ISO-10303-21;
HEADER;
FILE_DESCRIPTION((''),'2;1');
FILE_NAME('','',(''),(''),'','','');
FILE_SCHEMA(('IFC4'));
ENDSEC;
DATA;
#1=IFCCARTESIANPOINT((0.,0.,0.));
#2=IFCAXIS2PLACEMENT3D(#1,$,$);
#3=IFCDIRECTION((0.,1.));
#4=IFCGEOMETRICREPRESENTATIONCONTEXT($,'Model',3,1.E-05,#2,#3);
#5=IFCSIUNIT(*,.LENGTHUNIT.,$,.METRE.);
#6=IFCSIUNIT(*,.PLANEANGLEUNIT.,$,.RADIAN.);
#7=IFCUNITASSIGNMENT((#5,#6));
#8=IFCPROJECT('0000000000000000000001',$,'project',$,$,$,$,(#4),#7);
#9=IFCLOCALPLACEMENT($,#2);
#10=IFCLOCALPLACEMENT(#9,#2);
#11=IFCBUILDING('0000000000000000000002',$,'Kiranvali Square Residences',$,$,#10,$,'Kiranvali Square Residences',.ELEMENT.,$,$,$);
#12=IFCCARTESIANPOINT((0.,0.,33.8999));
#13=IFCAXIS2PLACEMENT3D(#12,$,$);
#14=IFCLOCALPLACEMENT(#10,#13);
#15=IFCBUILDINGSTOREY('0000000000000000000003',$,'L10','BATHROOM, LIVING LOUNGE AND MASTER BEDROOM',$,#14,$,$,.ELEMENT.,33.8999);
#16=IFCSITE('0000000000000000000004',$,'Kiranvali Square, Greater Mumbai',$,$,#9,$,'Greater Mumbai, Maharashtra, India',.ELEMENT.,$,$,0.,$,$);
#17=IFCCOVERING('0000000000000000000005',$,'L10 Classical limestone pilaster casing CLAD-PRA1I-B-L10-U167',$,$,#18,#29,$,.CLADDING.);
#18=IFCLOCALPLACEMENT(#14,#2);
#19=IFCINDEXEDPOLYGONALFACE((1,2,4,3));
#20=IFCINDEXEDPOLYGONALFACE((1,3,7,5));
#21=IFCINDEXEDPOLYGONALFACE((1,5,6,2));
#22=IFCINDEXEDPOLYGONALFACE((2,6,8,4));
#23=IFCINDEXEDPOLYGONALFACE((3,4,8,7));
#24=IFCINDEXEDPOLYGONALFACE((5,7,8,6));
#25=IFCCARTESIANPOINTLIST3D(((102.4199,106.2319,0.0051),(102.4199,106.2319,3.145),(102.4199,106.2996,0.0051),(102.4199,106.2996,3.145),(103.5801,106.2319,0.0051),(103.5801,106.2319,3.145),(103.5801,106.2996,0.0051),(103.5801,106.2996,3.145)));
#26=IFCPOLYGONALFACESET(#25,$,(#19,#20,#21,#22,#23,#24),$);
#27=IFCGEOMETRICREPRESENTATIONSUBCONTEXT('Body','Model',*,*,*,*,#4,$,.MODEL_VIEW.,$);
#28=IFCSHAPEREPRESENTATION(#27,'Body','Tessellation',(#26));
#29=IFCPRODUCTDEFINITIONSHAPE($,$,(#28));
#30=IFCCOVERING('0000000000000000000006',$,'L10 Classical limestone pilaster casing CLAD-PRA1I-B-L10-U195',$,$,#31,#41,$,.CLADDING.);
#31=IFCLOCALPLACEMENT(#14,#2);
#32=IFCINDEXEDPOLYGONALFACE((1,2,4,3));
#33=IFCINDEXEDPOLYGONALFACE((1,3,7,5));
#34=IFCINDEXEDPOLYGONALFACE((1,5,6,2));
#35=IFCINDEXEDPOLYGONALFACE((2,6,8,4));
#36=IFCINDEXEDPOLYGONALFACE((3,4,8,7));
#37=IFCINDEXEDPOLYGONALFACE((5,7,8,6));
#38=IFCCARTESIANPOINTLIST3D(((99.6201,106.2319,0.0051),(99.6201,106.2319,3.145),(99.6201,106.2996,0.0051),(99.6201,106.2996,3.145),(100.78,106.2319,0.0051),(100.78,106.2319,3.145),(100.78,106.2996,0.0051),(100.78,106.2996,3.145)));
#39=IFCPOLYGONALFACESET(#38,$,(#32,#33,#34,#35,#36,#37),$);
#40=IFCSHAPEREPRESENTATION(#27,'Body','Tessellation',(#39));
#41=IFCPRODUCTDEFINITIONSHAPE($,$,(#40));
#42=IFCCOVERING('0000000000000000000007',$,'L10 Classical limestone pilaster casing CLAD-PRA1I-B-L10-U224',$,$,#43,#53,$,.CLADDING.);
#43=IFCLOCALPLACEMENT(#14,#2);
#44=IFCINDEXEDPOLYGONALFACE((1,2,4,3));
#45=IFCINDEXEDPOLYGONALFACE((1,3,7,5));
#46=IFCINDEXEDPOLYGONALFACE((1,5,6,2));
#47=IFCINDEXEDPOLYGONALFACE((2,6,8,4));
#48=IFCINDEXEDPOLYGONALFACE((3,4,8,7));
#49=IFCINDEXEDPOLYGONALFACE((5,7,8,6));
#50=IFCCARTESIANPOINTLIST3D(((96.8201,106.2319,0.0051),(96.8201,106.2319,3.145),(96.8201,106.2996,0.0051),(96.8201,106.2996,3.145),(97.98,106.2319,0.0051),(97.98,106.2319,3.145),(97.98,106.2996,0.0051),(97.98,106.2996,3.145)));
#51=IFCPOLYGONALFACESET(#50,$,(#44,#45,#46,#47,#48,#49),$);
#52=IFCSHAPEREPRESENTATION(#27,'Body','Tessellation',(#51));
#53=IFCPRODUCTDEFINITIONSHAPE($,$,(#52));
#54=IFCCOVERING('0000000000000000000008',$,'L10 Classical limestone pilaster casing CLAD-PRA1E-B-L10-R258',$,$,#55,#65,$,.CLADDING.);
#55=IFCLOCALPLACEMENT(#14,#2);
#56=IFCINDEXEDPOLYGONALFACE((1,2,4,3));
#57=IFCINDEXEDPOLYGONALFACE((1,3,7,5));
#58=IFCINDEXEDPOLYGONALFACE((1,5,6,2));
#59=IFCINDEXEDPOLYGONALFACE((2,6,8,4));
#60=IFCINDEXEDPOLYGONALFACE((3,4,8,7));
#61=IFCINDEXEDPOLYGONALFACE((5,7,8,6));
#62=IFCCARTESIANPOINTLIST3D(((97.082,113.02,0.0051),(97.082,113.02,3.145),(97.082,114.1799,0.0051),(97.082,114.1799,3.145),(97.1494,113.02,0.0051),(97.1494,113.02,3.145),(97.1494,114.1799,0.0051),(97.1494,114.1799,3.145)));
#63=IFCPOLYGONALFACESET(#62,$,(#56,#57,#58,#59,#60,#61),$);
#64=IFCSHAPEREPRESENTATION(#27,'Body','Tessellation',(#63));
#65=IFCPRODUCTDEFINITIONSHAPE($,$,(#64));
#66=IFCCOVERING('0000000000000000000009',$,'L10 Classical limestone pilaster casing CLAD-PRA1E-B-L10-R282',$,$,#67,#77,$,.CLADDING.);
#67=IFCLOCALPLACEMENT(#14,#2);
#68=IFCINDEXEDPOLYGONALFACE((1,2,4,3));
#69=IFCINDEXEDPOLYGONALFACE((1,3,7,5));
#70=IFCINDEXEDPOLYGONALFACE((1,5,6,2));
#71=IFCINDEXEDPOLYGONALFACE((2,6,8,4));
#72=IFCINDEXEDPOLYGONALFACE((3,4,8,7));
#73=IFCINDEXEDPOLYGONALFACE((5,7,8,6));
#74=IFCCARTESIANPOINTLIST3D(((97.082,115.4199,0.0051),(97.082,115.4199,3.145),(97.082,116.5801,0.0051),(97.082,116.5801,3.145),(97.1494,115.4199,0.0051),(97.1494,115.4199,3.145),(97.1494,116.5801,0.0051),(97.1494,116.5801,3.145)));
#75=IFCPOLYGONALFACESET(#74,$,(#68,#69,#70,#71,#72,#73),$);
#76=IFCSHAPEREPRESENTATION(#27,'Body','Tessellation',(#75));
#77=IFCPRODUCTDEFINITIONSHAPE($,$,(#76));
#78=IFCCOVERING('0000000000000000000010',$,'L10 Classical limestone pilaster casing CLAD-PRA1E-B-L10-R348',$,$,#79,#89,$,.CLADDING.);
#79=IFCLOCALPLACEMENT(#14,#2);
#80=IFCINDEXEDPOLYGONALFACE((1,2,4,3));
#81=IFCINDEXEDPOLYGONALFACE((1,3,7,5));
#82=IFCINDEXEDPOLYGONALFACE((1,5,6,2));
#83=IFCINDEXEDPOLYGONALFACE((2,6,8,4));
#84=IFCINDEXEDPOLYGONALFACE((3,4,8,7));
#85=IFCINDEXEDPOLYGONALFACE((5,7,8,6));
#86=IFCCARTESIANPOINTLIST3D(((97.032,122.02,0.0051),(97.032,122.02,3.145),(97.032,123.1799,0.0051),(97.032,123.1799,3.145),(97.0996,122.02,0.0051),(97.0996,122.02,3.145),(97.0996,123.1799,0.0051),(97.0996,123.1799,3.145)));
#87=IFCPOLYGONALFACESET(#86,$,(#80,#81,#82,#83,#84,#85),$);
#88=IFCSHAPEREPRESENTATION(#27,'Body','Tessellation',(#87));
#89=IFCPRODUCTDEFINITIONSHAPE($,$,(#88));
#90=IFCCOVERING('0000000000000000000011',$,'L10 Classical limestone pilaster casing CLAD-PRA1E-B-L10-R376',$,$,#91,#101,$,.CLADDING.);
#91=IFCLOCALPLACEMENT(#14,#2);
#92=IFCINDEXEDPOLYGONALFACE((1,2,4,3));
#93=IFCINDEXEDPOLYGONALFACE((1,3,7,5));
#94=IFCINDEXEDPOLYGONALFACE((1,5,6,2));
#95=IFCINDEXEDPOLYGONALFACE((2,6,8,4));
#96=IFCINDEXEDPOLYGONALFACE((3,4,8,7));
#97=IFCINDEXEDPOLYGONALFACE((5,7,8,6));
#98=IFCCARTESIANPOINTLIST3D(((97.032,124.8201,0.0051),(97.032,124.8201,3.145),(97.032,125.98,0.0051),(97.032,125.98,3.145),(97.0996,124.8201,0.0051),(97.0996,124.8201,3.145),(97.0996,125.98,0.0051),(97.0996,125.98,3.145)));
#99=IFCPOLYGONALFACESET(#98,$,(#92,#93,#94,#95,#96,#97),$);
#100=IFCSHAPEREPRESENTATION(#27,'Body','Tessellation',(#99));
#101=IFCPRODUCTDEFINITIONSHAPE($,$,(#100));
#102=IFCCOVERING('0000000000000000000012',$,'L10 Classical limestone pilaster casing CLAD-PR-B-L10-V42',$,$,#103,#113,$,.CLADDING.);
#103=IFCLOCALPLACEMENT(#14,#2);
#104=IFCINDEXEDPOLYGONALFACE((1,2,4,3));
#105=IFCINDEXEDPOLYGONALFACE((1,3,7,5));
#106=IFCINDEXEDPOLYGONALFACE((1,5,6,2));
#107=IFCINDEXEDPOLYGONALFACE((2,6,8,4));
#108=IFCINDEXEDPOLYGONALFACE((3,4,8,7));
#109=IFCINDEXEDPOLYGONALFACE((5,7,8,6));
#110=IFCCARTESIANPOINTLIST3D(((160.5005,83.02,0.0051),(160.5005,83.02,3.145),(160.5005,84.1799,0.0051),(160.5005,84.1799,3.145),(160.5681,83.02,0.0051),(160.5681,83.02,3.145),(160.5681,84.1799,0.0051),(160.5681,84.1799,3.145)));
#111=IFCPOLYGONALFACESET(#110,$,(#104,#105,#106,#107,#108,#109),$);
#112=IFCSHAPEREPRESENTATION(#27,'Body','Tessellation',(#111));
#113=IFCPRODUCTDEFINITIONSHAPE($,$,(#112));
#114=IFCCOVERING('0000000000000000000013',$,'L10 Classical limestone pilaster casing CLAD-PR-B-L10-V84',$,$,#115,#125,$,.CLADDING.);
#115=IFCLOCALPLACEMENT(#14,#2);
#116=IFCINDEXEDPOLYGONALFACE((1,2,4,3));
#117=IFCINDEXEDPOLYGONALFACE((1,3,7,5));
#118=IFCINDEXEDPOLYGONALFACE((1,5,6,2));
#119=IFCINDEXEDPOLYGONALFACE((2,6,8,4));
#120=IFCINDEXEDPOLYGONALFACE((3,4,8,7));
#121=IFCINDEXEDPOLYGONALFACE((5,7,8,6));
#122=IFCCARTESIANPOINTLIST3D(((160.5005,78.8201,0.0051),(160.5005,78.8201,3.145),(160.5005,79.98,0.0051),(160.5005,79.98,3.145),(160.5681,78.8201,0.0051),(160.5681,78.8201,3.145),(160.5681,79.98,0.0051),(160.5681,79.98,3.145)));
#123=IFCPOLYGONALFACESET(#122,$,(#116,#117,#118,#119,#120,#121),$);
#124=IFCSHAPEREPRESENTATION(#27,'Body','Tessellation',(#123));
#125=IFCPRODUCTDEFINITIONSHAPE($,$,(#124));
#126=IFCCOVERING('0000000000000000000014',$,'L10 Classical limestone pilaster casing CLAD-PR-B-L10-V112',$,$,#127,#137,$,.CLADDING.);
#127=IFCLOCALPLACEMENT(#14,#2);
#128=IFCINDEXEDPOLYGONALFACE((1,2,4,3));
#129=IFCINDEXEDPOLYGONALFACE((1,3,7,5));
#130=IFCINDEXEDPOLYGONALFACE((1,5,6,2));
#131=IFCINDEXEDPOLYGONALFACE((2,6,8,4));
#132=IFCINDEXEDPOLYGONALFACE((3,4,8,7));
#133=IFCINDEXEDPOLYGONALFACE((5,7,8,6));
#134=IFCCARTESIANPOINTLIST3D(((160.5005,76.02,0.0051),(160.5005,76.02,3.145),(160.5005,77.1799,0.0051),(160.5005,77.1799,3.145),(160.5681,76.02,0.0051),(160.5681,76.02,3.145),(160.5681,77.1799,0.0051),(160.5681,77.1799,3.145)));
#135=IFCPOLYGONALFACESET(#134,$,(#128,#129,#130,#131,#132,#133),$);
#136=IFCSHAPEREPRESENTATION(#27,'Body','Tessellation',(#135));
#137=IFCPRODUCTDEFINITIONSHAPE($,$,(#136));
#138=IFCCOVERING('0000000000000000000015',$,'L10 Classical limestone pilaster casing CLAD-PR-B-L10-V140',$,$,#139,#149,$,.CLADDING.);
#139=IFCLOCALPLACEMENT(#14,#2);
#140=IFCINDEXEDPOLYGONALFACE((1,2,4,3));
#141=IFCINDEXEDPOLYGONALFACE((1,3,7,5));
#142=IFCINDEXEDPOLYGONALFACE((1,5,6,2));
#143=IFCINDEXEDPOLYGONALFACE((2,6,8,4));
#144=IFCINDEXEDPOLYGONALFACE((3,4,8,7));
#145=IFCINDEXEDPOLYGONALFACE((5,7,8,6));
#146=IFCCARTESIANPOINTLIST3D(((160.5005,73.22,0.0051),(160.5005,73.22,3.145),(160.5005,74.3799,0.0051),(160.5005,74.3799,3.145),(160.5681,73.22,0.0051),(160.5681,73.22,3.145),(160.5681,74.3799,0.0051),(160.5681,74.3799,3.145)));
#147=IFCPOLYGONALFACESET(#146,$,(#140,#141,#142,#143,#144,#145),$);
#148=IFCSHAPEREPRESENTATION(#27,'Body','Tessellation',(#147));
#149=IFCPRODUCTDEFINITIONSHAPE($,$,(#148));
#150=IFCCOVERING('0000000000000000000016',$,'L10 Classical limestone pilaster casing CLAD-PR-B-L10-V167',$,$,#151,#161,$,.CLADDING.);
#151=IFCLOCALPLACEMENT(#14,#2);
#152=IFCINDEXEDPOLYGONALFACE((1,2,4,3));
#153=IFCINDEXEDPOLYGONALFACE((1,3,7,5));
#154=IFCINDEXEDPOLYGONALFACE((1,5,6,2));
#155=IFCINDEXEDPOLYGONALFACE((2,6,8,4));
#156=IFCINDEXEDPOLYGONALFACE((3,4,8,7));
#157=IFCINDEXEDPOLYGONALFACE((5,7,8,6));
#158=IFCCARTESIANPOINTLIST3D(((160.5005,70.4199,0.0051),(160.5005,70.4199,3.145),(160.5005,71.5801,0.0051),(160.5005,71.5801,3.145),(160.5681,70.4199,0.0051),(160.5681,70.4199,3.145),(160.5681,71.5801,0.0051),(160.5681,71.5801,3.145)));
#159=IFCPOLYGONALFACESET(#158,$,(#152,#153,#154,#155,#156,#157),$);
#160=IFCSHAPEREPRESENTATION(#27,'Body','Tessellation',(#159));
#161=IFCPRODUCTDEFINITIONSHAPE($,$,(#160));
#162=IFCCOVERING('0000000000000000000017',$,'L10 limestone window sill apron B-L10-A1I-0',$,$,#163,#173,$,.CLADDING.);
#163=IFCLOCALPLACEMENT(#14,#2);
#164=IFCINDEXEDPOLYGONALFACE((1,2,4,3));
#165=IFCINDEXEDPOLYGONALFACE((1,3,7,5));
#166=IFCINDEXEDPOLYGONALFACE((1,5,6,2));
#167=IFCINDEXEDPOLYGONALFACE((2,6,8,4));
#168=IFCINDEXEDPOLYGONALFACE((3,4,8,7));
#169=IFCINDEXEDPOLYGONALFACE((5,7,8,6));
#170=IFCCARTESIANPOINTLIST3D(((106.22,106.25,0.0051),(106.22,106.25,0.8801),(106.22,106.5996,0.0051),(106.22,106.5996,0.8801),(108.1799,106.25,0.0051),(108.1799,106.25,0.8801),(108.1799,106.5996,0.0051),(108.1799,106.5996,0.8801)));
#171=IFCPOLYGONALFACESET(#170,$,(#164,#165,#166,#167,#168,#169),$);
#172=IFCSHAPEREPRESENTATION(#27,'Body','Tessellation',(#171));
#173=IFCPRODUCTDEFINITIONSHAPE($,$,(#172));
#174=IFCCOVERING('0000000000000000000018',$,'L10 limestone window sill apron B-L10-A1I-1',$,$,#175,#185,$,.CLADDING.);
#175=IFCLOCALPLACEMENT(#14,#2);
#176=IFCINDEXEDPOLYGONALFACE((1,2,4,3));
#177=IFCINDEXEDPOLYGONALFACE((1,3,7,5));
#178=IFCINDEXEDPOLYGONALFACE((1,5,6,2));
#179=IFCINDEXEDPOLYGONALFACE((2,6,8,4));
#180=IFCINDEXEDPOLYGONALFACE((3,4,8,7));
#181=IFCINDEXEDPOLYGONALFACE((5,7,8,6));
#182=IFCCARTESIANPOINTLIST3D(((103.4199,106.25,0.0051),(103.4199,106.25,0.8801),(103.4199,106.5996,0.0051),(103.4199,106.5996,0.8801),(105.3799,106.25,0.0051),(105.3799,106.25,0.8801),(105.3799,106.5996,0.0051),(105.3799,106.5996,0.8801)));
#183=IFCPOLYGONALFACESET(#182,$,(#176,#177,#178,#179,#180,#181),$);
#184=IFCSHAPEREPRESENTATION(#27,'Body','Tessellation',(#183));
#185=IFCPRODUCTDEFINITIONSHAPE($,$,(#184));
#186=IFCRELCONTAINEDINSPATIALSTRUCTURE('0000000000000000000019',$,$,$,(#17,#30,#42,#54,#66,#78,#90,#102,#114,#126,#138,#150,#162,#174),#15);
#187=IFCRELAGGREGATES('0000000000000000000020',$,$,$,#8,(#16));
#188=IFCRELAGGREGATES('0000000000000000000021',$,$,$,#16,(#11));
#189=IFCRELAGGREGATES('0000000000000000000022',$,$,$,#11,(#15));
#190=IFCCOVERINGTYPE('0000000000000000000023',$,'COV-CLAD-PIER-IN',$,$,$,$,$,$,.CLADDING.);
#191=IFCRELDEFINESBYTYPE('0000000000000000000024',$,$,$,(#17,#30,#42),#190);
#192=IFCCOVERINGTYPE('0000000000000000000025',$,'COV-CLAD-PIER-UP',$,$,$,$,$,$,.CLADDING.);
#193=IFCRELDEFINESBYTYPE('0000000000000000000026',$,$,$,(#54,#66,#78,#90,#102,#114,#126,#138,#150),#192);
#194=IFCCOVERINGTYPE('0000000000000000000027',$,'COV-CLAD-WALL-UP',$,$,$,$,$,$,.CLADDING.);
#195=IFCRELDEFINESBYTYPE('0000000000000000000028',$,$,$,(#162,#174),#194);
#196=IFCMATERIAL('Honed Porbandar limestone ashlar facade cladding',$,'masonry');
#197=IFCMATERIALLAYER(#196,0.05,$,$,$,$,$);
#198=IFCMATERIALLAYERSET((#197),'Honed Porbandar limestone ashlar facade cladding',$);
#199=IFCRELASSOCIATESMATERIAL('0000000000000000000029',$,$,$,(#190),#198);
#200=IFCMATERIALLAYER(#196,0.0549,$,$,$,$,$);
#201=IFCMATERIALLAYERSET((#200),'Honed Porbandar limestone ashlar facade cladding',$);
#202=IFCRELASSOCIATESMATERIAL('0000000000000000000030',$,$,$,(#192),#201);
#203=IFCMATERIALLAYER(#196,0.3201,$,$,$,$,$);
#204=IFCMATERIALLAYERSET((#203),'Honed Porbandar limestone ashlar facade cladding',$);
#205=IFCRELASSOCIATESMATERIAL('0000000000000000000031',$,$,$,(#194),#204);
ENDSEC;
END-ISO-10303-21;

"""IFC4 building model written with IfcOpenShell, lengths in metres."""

from ifc_helpers import new_model, si_unit, direction, frame, origin, place, context, subcontext, project, spatial, polyline, outline, extrude, material, layer, layer_set, type_object, element, save


model = new_model("IFC4")

# Units and contexts
model_context = context("Model", 3, precision=1e-05, world=origin(), true_north=direction((0.0, 1.0)))
body_context = subcontext(model_context, "Body", "Model", "MODEL_VIEW")
ifc_project = project(units=[si_unit("LENGTHUNIT", "METRE"), si_unit("PLANEANGLEUNIT", "RADIAN")], contexts=[model_context])

# Site, building, storey
site_placement = place(None, origin())
site = spatial("IfcSite", under=ifc_project, at=site_placement, Name="Kiranvali Square, Greater Mumbai", LongName="Greater Mumbai, Maharashtra, India", CompositionType="ELEMENT", RefElevation=0.0)
building_placement = place(site_placement, origin())
building = spatial("IfcBuilding", under=site, at=building_placement, Name="Kiranvali Square Residences", LongName="Kiranvali Square Residences", CompositionType="ELEMENT")
storey_placement = place(building_placement, frame((0.0, 0.0, 33.8999)))
storey = spatial("IfcBuildingStorey", under=building, at=storey_placement, Name="L10", Description="BATHROOM, LIVING LOUNGE AND MASTER BEDROOM", CompositionType="ELEMENT", Elevation=33.8999)

# Coverings
ifc_material = material(Name="Honed Porbandar limestone ashlar facade cladding", Category="masonry")
ifc_layer_1 = layer(ifc_material, 0.05)
ifc_layer_set_1 = layer_set([ifc_layer_1], Name="Honed Porbandar limestone ashlar facade cladding")
covering_type_1 = type_object("IfcCoveringType", Name="COV-CLAD-PIER-IN", PredefinedType="CLADDING", material=ifc_layer_set_1)
covering_1_placement = place(storey_placement, frame((0.0, 0.0, 0.0051)))
element("IfcCovering", 1, at=covering_1_placement, inside=storey, type_object=covering_type_1, Name="L10 Classical limestone pilaster casing CLAD-PRA1I-B-L10-U167", PredefinedType="CLADDING", context=body_context, shape_type="SweptSolid", body=[
    extrude(outline(polyline([(103.5801, 106.2996), (102.4199, 106.2996), (102.4199, 106.2319), (103.5801, 106.2319), (103.5801, 106.2996)])), origin(), (0.0, 0.0, 1.0), 3.1399),
])
covering_2_placement = place(storey_placement, frame((0.0, 0.0, 0.0051)))
element("IfcCovering", 2, at=covering_2_placement, inside=storey, type_object=covering_type_1, Name="L10 Classical limestone pilaster casing CLAD-PRA1I-B-L10-U195", PredefinedType="CLADDING", context=body_context, shape_type="SweptSolid", body=[
    extrude(outline(polyline([(100.78, 106.2996), (99.6201, 106.2996), (99.6201, 106.2319), (100.78, 106.2319), (100.78, 106.2996)])), origin(), (0.0, 0.0, 1.0), 3.1399),
])
covering_3_placement = place(storey_placement, frame((0.0, 0.0, 0.0051)))
element("IfcCovering", 3, at=covering_3_placement, inside=storey, type_object=covering_type_1, Name="L10 Classical limestone pilaster casing CLAD-PRA1I-B-L10-U224", PredefinedType="CLADDING", context=body_context, shape_type="SweptSolid", body=[
    extrude(outline(polyline([(97.98, 106.2996), (96.8201, 106.2996), (96.8201, 106.2319), (97.98, 106.2319), (97.98, 106.2996)])), origin(), (0.0, 0.0, 1.0), 3.1399),
])
ifc_layer_2 = layer(ifc_material, 0.0549)
ifc_layer_set_2 = layer_set([ifc_layer_2], Name="Honed Porbandar limestone ashlar facade cladding")
covering_type_2 = type_object("IfcCoveringType", Name="COV-CLAD-PIER-UP", PredefinedType="CLADDING", material=ifc_layer_set_2)
covering_4_placement = place(storey_placement, frame((0.0, 0.0, 0.0051)))
element("IfcCovering", 4, at=covering_4_placement, inside=storey, type_object=covering_type_2, Name="L10 Classical limestone pilaster casing CLAD-PRA1E-B-L10-R258", PredefinedType="CLADDING", context=body_context, shape_type="SweptSolid", body=[
    extrude(outline(polyline([(97.1494, 113.02), (97.1494, 114.1799), (97.082, 114.1799), (97.082, 113.02), (97.1494, 113.02)])), origin(), (0.0, 0.0, 1.0), 3.1399),
])
covering_5_placement = place(storey_placement, frame((0.0, 0.0, 0.0051)))
element("IfcCovering", 5, at=covering_5_placement, inside=storey, type_object=covering_type_2, Name="L10 Classical limestone pilaster casing CLAD-PRA1E-B-L10-R282", PredefinedType="CLADDING", context=body_context, shape_type="SweptSolid", body=[
    extrude(outline(polyline([(97.1494, 115.4199), (97.1494, 116.5801), (97.082, 116.5801), (97.082, 115.4199), (97.1494, 115.4199)])), origin(), (0.0, 0.0, 1.0), 3.1399),
])
covering_6_placement = place(storey_placement, frame((0.0, 0.0, 0.0051)))
element("IfcCovering", 6, at=covering_6_placement, inside=storey, type_object=covering_type_2, Name="L10 Classical limestone pilaster casing CLAD-PRA1E-B-L10-R348", PredefinedType="CLADDING", context=body_context, shape_type="SweptSolid", body=[
    extrude(outline(polyline([(97.0996, 122.02), (97.0996, 123.1799), (97.032, 123.1799), (97.032, 122.02), (97.0996, 122.02)])), origin(), (0.0, 0.0, 1.0), 3.1399),
])
covering_7_placement = place(storey_placement, frame((0.0, 0.0, 0.0051)))
element("IfcCovering", 7, at=covering_7_placement, inside=storey, type_object=covering_type_2, Name="L10 Classical limestone pilaster casing CLAD-PRA1E-B-L10-R376", PredefinedType="CLADDING", context=body_context, shape_type="SweptSolid", body=[
    extrude(outline(polyline([(97.0996, 124.8201), (97.0996, 125.98), (97.032, 125.98), (97.032, 124.8201), (97.0996, 124.8201)])), origin(), (0.0, 0.0, 1.0), 3.1399),
])
covering_8_placement = place(storey_placement, frame((0.0, 0.0, 0.0051)))
element("IfcCovering", 8, at=covering_8_placement, inside=storey, type_object=covering_type_2, Name="L10 Classical limestone pilaster casing CLAD-PR-B-L10-V42", PredefinedType="CLADDING", context=body_context, shape_type="SweptSolid", body=[
    extrude(outline(polyline([(160.5005, 84.1799), (160.5005, 83.02), (160.5681, 83.02), (160.5681, 84.1799), (160.5005, 84.1799)])), origin(), (0.0, 0.0, 1.0), 3.1399),
])
covering_9_placement = place(storey_placement, frame((0.0, 0.0, 0.0051)))
element("IfcCovering", 9, at=covering_9_placement, inside=storey, type_object=covering_type_2, Name="L10 Classical limestone pilaster casing CLAD-PR-B-L10-V84", PredefinedType="CLADDING", context=body_context, shape_type="SweptSolid", body=[
    extrude(outline(polyline([(160.5005, 79.98), (160.5005, 78.8201), (160.5681, 78.8201), (160.5681, 79.98), (160.5005, 79.98)])), origin(), (0.0, 0.0, 1.0), 3.1399),
])
covering_10_placement = place(storey_placement, frame((0.0, 0.0, 0.0051)))
element("IfcCovering", 10, at=covering_10_placement, inside=storey, type_object=covering_type_2, Name="L10 Classical limestone pilaster casing CLAD-PR-B-L10-V112", PredefinedType="CLADDING", context=body_context, shape_type="SweptSolid", body=[
    extrude(outline(polyline([(160.5005, 77.1799), (160.5005, 76.02), (160.5681, 76.02), (160.5681, 77.1799), (160.5005, 77.1799)])), origin(), (0.0, 0.0, 1.0), 3.1399),
])
covering_11_placement = place(storey_placement, frame((0.0, 0.0, 0.0051)))
element("IfcCovering", 11, at=covering_11_placement, inside=storey, type_object=covering_type_2, Name="L10 Classical limestone pilaster casing CLAD-PR-B-L10-V140", PredefinedType="CLADDING", context=body_context, shape_type="SweptSolid", body=[
    extrude(outline(polyline([(160.5005, 74.3799), (160.5005, 73.22), (160.5681, 73.22), (160.5681, 74.3799), (160.5005, 74.3799)])), origin(), (0.0, 0.0, 1.0), 3.1399),
])
covering_12_placement = place(storey_placement, frame((0.0, 0.0, 0.0051)))
element("IfcCovering", 12, at=covering_12_placement, inside=storey, type_object=covering_type_2, Name="L10 Classical limestone pilaster casing CLAD-PR-B-L10-V167", PredefinedType="CLADDING", context=body_context, shape_type="SweptSolid", body=[
    extrude(outline(polyline([(160.5005, 71.5801), (160.5005, 70.4199), (160.5681, 70.4199), (160.5681, 71.5801), (160.5005, 71.5801)])), origin(), (0.0, 0.0, 1.0), 3.1399),
])
ifc_layer_3 = layer(ifc_material, 0.3201)
ifc_layer_set_3 = layer_set([ifc_layer_3], Name="Honed Porbandar limestone ashlar facade cladding")
covering_type_3 = type_object("IfcCoveringType", Name="COV-CLAD-WALL-UP", PredefinedType="CLADDING", material=ifc_layer_set_3)
covering_13_placement = place(storey_placement, frame((0.0, 0.0, 0.0051)))
element("IfcCovering", 13, at=covering_13_placement, inside=storey, type_object=covering_type_3, Name="L10 limestone window sill apron B-L10-A1I-0", PredefinedType="CLADDING", context=body_context, shape_type="SweptSolid", body=[
    extrude(outline(polyline([(108.1799, 106.5996), (106.22, 106.5996), (106.22, 106.25), (108.1799, 106.25), (108.1799, 106.5996)])), origin(), (0.0, 0.0, 1.0), 0.875),
])
covering_14_placement = place(storey_placement, frame((0.0, 0.0, 0.0051)))
element("IfcCovering", 14, at=covering_14_placement, inside=storey, type_object=covering_type_3, Name="L10 limestone window sill apron B-L10-A1I-1", PredefinedType="CLADDING", context=body_context, shape_type="SweptSolid", body=[
    extrude(outline(polyline([(105.3799, 106.5996), (103.4199, 106.5996), (103.4199, 106.25), (105.3799, 106.25), (105.3799, 106.5996)])), origin(), (0.0, 0.0, 1.0), 0.875),
])

save(model, "model.ifc")
